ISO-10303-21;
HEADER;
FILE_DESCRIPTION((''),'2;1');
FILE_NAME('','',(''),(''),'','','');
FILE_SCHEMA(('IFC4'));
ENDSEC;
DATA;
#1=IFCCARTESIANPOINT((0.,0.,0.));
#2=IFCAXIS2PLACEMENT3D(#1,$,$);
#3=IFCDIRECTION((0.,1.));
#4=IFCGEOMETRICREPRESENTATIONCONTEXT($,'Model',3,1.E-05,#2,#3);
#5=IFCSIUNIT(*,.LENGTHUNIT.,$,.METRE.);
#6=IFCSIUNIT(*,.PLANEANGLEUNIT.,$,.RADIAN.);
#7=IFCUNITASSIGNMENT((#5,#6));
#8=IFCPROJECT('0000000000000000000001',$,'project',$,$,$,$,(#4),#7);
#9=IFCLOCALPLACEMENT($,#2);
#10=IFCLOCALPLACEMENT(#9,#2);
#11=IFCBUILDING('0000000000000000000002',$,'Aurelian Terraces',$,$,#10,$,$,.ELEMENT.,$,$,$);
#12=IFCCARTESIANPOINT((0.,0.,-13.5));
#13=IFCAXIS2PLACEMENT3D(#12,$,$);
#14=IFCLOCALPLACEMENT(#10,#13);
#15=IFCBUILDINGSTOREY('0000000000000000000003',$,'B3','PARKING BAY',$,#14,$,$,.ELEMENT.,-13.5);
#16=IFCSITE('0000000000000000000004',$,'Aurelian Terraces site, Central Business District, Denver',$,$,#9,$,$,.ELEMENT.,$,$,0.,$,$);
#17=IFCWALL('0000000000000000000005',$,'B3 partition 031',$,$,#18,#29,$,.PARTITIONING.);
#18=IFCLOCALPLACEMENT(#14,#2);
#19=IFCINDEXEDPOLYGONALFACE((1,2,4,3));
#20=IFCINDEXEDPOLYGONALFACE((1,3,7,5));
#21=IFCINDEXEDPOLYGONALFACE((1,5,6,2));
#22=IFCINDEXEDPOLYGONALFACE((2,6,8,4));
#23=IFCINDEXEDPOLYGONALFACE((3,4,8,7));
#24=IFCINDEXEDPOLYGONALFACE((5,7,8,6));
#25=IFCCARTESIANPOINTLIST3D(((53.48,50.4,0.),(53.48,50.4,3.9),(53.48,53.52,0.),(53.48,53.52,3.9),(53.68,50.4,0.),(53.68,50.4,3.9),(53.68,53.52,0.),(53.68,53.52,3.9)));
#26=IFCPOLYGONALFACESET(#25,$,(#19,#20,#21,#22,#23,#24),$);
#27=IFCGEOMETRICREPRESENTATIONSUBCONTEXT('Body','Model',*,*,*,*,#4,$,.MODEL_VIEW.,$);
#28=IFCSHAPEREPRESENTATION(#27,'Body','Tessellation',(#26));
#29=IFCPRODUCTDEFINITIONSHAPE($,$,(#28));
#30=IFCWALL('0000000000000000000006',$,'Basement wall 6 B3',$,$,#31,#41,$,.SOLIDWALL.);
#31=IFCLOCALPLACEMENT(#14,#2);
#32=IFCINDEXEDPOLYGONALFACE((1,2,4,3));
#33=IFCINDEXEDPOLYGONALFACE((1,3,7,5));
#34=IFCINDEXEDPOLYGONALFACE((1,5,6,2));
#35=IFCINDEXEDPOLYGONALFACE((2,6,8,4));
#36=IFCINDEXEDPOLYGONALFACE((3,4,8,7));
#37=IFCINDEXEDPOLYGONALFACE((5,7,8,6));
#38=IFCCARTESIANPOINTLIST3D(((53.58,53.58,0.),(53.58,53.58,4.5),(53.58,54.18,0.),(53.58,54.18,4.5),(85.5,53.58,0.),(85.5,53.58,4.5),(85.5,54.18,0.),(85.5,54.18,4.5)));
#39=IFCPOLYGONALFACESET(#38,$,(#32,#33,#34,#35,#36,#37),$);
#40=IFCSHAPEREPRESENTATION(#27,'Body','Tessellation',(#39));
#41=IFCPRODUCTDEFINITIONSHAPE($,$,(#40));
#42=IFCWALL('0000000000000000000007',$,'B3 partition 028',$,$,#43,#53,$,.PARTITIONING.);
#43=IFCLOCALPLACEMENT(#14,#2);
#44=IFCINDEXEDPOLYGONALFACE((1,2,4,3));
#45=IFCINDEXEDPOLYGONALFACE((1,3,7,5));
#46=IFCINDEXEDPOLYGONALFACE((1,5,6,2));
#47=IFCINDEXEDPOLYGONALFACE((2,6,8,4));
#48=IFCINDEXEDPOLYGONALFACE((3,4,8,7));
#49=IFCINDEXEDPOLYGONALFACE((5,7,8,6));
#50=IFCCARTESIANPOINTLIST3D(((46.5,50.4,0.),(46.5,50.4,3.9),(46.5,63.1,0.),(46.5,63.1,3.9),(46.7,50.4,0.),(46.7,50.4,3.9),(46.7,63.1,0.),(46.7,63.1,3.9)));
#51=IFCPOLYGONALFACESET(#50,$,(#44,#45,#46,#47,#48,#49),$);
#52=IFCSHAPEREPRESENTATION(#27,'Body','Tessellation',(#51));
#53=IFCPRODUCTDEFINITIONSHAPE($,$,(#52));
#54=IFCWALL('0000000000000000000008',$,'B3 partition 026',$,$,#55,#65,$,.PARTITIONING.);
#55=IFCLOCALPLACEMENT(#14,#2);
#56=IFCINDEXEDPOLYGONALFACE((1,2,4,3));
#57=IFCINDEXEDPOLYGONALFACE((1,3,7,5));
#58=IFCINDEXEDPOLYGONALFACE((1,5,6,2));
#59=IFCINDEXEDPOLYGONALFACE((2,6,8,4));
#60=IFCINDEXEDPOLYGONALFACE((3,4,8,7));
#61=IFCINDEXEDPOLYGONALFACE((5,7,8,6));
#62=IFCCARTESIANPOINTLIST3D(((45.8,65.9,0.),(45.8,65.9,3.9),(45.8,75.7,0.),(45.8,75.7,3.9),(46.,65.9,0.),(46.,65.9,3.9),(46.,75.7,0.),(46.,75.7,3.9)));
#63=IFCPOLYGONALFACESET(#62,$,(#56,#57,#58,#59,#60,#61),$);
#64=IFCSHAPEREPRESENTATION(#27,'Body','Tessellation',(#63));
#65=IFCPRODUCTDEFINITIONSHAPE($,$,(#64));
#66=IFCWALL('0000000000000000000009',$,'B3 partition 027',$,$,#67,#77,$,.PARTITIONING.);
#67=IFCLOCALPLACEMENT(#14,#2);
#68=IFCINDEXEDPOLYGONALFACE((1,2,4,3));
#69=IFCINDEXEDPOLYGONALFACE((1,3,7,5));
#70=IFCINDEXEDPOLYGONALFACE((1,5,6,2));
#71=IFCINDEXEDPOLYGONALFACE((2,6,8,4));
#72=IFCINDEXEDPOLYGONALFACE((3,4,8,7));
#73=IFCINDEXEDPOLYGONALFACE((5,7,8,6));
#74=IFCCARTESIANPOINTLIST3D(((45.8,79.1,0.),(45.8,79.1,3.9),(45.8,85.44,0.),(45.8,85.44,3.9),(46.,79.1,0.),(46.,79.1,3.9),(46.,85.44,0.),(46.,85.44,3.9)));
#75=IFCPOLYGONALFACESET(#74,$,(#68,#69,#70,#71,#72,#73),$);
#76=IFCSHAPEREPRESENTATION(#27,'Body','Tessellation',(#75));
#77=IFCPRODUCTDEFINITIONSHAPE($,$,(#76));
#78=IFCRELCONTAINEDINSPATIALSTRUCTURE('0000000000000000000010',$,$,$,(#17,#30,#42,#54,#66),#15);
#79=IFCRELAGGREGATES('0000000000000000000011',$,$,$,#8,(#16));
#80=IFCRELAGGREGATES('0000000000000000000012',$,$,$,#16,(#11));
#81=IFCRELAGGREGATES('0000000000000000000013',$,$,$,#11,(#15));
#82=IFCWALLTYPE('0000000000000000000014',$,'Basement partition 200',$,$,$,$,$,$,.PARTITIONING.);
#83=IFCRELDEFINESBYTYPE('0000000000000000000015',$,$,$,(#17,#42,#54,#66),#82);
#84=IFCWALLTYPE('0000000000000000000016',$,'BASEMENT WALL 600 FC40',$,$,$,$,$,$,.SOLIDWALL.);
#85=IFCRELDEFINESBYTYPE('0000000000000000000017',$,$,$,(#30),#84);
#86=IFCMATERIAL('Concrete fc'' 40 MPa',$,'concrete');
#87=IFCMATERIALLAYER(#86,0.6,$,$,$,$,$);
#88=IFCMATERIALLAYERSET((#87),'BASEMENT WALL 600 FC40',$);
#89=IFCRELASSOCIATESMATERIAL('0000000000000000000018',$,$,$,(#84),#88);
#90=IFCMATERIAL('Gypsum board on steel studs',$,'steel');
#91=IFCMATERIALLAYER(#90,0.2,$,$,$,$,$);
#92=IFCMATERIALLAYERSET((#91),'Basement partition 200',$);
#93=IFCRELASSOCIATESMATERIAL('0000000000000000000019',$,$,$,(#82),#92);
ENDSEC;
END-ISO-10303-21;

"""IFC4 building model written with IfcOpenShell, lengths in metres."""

from ifc_helpers import new_model, si_unit, direction, frame, frame_2d, origin, place, context, subcontext, project, spatial, rectangle, extrude, source, transform, mapped, material, layer, layer_set, type_object, element, save


model = new_model("IFC4")

# Units and contexts
model_context = context("Model", 3, precision=1e-05, world=origin(), true_north=direction((0.0, 1.0)))
body_context = subcontext(model_context, "Body", "Model", "MODEL_VIEW")
ifc_project = project(units=[si_unit("LENGTHUNIT", "METRE"), si_unit("PLANEANGLEUNIT", "RADIAN")], contexts=[model_context])

# Site, building, storey
site_placement = place(None, origin())
site = spatial("IfcSite", under=ifc_project, at=site_placement, Name="Aurelian Terraces site, Central Business District, Denver", CompositionType="ELEMENT", RefElevation=0.0)
building_placement = place(site_placement, origin())
building = spatial("IfcBuilding", under=site, at=building_placement, Name="Aurelian Terraces", CompositionType="ELEMENT")
storey_placement = place(building_placement, frame((0.0, 0.0, -13.5)))
storey = spatial("IfcBuildingStorey", under=building, at=storey_placement, Name="B3", Description="PARKING BAY", CompositionType="ELEMENT", Elevation=-13.5)

# Shared definitions
ifc_material_1 = material(Name="Concrete fc' 40 MPa", Category="concrete")

# Walls
ifc_layer_1 = layer(ifc_material_1, 0.6)
ifc_layer_set_1 = layer_set([ifc_layer_1], Name="BASEMENT WALL 600 FC40")
wall_type_1 = type_object("IfcWallType", Name="BASEMENT WALL 600 FC40", PredefinedType="SOLIDWALL", material=ifc_layer_set_1)
ifc_material_2 = material(Name="Gypsum board on steel studs", Category="steel")
ifc_layer_2 = layer(ifc_material_2, 0.2)
ifc_layer_set_2 = layer_set([ifc_layer_2], Name="Basement partition 200")
wall_type_2 = type_object("IfcWallType", Name="Basement partition 200", PredefinedType="PARTITIONING", material=ifc_layer_set_2)
wall_1_placement = place(storey_placement, frame((53.58, 50.4, 0.0), z_axis=(0.0, 0.0, 1.0), x_axis=(0.0, 1.0, 0.0)))
element("IfcWall", 1, at=wall_1_placement, inside=storey, type_object=wall_type_2, Name="B3 partition 031", PredefinedType="PARTITIONING", context=body_context, shape_type="SweptSolid", body=[
    extrude(rectangle(XDim=3.12, YDim=0.2, at=frame_2d((1.56, 0.0))), origin(), (0.0, 0.0, 1.0), 3.9),
])
shared_shape_1 = source(origin(), body_context, "Body", "SweptSolid", [
    extrude(rectangle(XDim=31.92, YDim=0.6, at=frame_2d((15.96, 0.0))), origin(), (0.0, 0.0, 1.0), 4.5),
])
wall_2_placement = place(storey_placement, frame((85.5, 53.88, 0.0), z_axis=(0.0, 0.0, 1.0), x_axis=(-1.0, 0.0, 0.0)))
element("IfcWall", 2, at=wall_2_placement, inside=storey, type_object=wall_type_1, Name="Basement wall 6 B3", PredefinedType="SOLIDWALL", context=body_context, shape_type="MappedRepresentation", body=[
    mapped(shared_shape_1, transform((0.0, 0.0, 0.0), scale=1.0)),
])
shared_shape_2 = source(origin(), body_context, "Body", "SweptSolid", [
    extrude(rectangle(XDim=12.7, YDim=0.2, at=frame_2d((6.35, 0.0))), origin(), (0.0, 0.0, 1.0), 3.9),
])
wall_3_placement = place(storey_placement, frame((46.6, 50.4, 0.0), z_axis=(0.0, 0.0, 1.0), x_axis=(0.0, 1.0, 0.0)))
element("IfcWall", 3, at=wall_3_placement, inside=storey, type_object=wall_type_2, Name="B3 partition 028", PredefinedType="PARTITIONING", context=body_context, shape_type="MappedRepresentation", body=[
    mapped(shared_shape_2, transform((0.0, 0.0, 0.0), scale=1.0)),
])
shared_shape_3 = source(origin(), body_context, "Body", "SweptSolid", [
    extrude(rectangle(XDim=9.8, YDim=0.2, at=frame_2d((4.9, 0.0))), origin(), (0.0, 0.0, 1.0), 3.9),
])
wall_4_placement = place(storey_placement, frame((45.9, 65.9, 0.0), z_axis=(0.0, 0.0, 1.0), x_axis=(0.0, 1.0, 0.0)))
element("IfcWall", 4, at=wall_4_placement, inside=storey, type_object=wall_type_2, Name="B3 partition 026", PredefinedType="PARTITIONING", context=body_context, shape_type="MappedRepresentation", body=[
    mapped(shared_shape_3, transform((0.0, 0.0, 0.0), scale=1.0)),
])
shared_shape_4 = source(origin(), body_context, "Body", "SweptSolid", [
    extrude(rectangle(XDim=6.34, YDim=0.2, at=frame_2d((3.17, 0.0))), origin(), (0.0, 0.0, 1.0), 3.9),
])
wall_5_placement = place(storey_placement, frame((45.9, 79.1, 0.0), z_axis=(0.0, 0.0, 1.0), x_axis=(0.0, 1.0, 0.0)))
element("IfcWall", 5, at=wall_5_placement, inside=storey, type_object=wall_type_2, Name="B3 partition 027", PredefinedType="PARTITIONING", context=body_context, shape_type="MappedRepresentation", body=[
    mapped(shared_shape_4, transform((0.0, 0.0, 0.0), scale=1.0)),
])

save(model, "model.ifc")
